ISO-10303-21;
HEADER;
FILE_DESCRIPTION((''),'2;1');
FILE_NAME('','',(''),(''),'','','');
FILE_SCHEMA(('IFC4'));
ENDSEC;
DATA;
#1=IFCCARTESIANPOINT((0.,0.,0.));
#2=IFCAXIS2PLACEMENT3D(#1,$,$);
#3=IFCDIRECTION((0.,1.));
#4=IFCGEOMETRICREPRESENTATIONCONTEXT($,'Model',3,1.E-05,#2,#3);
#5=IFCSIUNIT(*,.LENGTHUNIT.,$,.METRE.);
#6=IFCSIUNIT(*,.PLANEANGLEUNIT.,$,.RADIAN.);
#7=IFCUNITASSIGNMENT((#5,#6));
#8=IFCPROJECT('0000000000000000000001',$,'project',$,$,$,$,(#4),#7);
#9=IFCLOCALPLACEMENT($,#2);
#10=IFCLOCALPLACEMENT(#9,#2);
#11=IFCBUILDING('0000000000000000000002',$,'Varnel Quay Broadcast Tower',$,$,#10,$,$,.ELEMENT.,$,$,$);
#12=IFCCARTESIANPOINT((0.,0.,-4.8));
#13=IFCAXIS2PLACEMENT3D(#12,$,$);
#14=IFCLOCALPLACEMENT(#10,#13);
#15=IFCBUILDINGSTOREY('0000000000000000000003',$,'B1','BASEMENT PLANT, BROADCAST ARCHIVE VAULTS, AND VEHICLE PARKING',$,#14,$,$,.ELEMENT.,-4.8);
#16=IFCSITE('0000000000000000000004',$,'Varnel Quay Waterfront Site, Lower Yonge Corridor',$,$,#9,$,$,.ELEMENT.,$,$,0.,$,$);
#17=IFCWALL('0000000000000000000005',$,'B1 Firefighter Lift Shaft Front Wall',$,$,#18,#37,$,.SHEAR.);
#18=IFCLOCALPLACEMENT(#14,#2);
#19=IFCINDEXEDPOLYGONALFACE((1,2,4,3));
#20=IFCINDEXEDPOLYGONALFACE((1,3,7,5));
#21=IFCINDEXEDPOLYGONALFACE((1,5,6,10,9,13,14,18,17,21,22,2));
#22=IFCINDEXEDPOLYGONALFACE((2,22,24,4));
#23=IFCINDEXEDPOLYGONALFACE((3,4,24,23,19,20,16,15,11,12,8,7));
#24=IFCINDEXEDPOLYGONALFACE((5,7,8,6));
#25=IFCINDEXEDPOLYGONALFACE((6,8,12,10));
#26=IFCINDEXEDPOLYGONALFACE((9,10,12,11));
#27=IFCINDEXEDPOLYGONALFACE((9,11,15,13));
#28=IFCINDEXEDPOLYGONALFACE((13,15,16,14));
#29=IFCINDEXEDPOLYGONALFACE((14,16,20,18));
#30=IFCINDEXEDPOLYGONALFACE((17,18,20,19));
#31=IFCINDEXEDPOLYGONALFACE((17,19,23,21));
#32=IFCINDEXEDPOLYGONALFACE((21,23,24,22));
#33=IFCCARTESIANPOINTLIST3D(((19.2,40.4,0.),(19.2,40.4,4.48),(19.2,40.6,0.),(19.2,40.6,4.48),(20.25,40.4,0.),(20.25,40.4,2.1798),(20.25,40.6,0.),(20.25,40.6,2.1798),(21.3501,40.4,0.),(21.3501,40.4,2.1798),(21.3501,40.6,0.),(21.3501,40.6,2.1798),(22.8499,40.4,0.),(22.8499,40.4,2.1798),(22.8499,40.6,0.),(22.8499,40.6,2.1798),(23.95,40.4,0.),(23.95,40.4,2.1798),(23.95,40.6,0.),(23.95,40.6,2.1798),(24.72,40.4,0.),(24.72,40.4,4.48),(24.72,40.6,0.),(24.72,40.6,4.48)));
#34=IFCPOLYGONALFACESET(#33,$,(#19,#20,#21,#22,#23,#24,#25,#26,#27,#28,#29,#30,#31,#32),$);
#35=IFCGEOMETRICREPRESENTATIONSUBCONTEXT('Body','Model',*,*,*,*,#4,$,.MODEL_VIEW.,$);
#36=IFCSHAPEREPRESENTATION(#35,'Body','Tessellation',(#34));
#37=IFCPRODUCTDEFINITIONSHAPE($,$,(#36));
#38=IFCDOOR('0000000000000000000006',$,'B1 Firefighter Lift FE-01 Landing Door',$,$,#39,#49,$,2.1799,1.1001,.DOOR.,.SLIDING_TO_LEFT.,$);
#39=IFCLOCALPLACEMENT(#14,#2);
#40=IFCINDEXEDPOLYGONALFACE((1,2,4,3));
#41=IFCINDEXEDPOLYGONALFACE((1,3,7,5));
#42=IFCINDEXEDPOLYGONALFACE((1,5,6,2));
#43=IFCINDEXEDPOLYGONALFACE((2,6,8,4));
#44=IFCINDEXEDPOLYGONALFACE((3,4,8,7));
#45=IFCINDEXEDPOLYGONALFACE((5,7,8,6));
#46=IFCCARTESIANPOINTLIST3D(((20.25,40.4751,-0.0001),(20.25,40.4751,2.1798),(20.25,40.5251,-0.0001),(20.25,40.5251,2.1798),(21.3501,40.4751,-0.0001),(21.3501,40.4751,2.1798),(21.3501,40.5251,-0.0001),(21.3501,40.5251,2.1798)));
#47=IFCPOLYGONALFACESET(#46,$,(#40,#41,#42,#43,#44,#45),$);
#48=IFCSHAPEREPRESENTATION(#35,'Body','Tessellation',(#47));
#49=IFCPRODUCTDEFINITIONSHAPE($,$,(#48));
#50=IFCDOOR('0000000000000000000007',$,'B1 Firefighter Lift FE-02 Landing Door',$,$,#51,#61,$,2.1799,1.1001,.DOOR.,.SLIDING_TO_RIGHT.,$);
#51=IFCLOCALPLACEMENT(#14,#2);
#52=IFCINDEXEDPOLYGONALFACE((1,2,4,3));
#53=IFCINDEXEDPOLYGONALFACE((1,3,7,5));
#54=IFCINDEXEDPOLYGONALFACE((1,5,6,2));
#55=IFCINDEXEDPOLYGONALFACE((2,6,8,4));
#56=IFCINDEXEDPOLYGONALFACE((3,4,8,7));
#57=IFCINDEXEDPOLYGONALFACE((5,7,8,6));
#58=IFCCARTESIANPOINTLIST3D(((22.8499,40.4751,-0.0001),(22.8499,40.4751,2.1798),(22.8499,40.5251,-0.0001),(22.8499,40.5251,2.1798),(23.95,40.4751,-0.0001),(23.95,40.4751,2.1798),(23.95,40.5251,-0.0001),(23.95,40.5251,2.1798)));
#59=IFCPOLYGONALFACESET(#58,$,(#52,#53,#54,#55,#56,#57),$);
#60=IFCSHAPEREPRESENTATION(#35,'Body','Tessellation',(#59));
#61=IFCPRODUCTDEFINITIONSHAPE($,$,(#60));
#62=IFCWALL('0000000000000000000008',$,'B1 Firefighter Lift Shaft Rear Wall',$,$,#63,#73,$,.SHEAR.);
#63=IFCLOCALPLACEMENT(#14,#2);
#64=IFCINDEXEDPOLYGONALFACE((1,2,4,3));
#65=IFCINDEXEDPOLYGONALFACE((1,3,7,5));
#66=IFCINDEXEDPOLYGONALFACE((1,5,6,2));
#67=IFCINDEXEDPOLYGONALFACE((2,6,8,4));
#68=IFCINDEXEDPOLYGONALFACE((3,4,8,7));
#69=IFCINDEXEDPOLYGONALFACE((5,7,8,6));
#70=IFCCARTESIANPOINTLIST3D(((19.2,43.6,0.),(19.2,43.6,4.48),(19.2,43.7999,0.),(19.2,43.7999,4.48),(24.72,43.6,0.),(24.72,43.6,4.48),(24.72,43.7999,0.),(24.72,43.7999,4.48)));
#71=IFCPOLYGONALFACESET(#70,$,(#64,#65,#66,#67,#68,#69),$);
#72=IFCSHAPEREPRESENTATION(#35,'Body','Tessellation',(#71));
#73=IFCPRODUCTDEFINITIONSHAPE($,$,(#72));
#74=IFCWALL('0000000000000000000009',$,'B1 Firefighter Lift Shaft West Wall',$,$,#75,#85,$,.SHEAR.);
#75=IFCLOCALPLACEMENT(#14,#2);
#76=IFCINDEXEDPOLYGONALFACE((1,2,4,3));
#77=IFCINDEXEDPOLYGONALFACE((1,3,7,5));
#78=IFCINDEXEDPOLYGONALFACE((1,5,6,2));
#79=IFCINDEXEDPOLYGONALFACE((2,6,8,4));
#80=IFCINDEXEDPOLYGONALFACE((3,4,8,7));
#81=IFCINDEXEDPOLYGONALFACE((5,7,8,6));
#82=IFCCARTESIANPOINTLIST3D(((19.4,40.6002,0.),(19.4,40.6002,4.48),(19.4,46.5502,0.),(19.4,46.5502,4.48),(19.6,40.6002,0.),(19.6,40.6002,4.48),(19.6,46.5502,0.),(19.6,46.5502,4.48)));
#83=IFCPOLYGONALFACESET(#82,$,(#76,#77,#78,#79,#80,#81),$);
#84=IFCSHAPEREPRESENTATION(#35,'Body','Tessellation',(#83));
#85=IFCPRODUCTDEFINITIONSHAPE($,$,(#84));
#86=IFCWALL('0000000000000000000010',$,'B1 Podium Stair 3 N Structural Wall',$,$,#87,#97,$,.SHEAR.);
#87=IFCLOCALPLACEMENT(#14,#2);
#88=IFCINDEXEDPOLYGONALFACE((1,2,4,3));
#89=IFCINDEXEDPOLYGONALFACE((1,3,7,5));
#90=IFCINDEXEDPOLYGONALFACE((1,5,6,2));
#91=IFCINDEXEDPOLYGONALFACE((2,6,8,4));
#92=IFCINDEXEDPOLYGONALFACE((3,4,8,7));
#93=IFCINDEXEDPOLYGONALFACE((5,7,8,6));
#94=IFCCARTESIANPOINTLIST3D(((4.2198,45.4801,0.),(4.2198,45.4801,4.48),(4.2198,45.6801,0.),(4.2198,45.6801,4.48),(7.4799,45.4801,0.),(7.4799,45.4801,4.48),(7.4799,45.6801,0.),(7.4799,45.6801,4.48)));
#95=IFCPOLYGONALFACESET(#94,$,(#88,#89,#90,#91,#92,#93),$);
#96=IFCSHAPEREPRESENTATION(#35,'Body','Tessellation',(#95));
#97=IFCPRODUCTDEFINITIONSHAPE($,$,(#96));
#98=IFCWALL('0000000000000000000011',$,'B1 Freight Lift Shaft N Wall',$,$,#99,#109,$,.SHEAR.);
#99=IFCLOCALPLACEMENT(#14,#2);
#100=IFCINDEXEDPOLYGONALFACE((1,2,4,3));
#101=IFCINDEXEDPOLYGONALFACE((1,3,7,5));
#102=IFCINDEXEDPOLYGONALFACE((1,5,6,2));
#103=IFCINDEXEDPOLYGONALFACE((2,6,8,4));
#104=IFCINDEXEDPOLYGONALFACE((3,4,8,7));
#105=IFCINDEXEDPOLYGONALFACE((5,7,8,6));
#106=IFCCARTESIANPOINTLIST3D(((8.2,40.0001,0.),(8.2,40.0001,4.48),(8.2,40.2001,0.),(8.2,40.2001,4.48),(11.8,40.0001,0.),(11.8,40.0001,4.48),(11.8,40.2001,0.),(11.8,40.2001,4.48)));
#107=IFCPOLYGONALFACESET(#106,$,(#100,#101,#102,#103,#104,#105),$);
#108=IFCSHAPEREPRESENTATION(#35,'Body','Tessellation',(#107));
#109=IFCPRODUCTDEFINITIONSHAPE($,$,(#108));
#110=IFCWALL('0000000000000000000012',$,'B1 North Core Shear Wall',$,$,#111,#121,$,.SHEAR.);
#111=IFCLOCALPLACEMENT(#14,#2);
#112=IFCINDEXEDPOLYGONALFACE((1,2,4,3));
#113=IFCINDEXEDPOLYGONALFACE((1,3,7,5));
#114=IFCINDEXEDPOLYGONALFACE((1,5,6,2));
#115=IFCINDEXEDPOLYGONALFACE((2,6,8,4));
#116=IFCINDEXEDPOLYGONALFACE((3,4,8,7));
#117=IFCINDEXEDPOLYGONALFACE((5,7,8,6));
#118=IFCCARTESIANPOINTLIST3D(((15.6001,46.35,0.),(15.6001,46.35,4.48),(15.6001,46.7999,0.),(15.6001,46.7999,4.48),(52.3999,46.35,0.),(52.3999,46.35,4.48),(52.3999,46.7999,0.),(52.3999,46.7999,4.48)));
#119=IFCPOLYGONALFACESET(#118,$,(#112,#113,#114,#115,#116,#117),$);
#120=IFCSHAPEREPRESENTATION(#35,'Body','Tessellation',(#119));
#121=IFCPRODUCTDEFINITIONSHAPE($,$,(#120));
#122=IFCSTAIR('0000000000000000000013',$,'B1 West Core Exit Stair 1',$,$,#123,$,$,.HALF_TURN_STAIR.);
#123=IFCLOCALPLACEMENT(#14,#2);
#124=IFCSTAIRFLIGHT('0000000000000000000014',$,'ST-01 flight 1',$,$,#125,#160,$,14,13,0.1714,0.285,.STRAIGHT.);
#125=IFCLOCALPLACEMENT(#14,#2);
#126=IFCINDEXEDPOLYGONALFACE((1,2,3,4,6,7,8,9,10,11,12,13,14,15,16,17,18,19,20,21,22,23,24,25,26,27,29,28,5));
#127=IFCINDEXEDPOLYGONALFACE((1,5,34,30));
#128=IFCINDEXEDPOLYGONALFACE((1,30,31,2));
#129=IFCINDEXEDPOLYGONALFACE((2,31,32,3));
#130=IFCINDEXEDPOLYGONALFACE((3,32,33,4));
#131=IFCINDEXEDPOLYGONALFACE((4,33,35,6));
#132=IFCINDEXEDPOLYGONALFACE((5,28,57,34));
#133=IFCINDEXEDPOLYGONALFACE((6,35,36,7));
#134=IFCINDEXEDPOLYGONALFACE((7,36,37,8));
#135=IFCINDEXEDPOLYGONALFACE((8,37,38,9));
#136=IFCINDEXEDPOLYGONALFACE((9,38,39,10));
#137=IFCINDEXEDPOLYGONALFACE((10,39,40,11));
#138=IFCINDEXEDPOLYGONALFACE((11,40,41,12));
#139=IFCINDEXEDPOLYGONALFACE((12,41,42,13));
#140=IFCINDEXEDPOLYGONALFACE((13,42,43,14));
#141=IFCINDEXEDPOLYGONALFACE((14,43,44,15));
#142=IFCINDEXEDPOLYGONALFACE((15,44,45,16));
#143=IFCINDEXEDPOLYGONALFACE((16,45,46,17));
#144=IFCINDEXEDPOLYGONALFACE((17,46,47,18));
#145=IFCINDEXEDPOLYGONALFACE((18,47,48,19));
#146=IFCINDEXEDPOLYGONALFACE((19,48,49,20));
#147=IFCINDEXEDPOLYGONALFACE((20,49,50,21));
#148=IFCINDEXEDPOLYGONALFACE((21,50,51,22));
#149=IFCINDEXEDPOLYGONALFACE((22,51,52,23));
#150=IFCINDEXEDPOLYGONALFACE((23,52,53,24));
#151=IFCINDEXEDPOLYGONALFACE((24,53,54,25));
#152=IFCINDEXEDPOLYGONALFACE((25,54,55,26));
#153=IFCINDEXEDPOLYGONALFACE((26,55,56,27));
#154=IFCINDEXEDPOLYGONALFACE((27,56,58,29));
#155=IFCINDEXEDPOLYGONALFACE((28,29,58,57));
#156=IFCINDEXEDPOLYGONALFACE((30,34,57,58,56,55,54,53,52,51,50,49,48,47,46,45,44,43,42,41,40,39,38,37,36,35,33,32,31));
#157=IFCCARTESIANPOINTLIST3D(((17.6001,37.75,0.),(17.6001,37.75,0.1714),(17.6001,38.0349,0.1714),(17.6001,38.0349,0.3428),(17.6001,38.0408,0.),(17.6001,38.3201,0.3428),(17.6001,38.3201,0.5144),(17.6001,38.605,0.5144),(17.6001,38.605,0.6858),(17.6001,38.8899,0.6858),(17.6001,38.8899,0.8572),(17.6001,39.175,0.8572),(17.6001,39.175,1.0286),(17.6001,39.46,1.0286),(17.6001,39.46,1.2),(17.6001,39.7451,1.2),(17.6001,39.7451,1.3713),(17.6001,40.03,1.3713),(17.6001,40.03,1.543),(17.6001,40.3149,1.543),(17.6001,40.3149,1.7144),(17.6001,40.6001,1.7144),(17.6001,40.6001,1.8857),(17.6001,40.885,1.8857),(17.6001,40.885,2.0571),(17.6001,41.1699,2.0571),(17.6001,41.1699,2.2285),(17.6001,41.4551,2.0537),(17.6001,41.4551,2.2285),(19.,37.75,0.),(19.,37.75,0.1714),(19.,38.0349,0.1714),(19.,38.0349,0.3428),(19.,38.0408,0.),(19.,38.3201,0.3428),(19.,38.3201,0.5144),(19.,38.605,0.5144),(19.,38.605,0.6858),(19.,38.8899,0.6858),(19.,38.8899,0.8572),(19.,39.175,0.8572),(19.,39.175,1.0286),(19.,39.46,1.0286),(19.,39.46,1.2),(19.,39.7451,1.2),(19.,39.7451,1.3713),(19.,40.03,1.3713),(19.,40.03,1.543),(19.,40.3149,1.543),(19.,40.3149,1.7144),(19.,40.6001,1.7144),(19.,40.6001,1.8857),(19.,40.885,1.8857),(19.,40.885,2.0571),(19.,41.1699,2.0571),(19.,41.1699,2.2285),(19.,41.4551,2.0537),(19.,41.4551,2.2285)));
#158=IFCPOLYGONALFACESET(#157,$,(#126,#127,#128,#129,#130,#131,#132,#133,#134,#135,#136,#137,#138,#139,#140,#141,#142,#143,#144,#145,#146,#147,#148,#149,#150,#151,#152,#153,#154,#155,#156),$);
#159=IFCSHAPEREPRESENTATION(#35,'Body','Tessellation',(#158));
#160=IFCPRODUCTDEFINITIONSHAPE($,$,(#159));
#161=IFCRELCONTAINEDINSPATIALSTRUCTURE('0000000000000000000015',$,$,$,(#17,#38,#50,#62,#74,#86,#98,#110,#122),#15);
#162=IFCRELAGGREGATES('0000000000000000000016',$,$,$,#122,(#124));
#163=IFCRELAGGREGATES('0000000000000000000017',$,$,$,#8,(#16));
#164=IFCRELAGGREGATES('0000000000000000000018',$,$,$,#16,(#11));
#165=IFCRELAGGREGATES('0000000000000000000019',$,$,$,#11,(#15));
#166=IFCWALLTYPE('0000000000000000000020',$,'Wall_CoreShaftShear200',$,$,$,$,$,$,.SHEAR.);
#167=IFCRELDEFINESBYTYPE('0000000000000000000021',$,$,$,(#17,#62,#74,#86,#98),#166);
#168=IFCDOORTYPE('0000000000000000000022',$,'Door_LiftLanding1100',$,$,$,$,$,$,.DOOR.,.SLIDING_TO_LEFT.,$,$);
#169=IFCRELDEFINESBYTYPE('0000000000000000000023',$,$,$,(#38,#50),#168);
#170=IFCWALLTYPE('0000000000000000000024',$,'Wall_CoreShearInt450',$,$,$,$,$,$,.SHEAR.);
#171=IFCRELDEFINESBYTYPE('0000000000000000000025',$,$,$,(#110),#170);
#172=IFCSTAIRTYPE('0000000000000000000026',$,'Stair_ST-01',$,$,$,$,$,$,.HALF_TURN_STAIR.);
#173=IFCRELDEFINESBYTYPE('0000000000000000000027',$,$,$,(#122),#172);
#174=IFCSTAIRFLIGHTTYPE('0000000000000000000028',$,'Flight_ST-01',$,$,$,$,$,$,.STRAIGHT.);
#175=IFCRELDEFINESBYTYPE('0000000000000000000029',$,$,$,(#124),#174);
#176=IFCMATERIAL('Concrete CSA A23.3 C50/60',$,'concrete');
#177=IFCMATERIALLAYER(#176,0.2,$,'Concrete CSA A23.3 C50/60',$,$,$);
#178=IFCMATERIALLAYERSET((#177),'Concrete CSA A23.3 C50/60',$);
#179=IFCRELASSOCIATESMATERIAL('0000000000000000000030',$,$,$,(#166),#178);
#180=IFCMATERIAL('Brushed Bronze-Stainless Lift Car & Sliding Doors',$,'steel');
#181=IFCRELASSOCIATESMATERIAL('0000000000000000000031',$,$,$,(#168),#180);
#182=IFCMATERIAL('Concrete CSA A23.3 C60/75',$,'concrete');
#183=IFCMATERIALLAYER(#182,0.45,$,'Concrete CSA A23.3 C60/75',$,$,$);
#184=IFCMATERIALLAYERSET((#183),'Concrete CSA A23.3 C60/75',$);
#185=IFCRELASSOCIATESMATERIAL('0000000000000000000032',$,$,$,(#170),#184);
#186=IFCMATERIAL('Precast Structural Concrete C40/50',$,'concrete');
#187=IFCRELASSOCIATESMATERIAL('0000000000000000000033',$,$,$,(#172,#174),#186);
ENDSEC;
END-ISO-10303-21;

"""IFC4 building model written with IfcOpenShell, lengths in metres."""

from ifc_helpers import new_model, si_unit, direction, frame, frame_2d, origin, place, context, subcontext, project, spatial, polyline, rectangle, outline, extrude, source, transform, mapped, material, layer, layer_set, type_object, type_shapes, element, fill, aggregate, save


model = new_model("IFC4")

# Units and contexts
model_context = context("Model", 3, precision=1e-05, world=origin(), true_north=direction((0.0, 1.0)))
body_context = subcontext(model_context, "Body", "Model", "MODEL_VIEW")
ifc_project = project(units=[si_unit("LENGTHUNIT", "METRE"), si_unit("PLANEANGLEUNIT", "RADIAN")], contexts=[model_context])

# Site, building, storey
site_placement = place(None, origin())
site = spatial("IfcSite", under=ifc_project, at=site_placement, Name="Varnel Quay Waterfront Site, Lower Yonge Corridor", CompositionType="ELEMENT", RefElevation=0.0)
building_placement = place(site_placement, origin())
building = spatial("IfcBuilding", under=site, at=building_placement, Name="Varnel Quay Broadcast Tower", CompositionType="ELEMENT")
storey_placement = place(building_placement, frame((0.0, 0.0, -4.8)))
storey = spatial("IfcBuildingStorey", under=building, at=storey_placement, Name="B1", Description="BASEMENT PLANT, BROADCAST ARCHIVE VAULTS, AND VEHICLE PARKING", CompositionType="ELEMENT", Elevation=-4.8)

# Shared definitions
ifc_material_1 = material(Name="Concrete CSA A23.3 C50/60", Category="concrete")

# Shared definitions
ifc_layer_1 = layer(ifc_material_1, 0.2, Name="Concrete CSA A23.3 C50/60")
ifc_layer_set_1 = layer_set([ifc_layer_1], Name="Concrete CSA A23.3 C50/60")
wall_type_1 = type_object("IfcWallType", Name="Wall_CoreShaftShear200", PredefinedType="SHEAR", material=ifc_layer_set_1)

# Wall, openings, doors
wall_1_placement = place(storey_placement, frame((19.2, 40.5, 0.0), z_axis=(0.0, 0.0, 1.0), x_axis=(1.0, 0.0, 0.0)))
wall_1 = element("IfcWall", 1, at=wall_1_placement, inside=storey, type_object=wall_type_1, Name="B1 Firefighter Lift Shaft Front Wall", PredefinedType="SHEAR", context=body_context, shape_type="SweptSolid", body=[
    extrude(rectangle(XDim=5.52, YDim=0.2, at=frame_2d((2.76, 0.0))), origin(), (0.0, 0.0, 1.0), 4.48),
])
opening_1_placement = place(wall_1_placement, frame((1.05, 0.0, 0.0)))
opening_1 = element("IfcOpeningElement", 2, at=opening_1_placement, cuts=wall_1, PredefinedType="OPENING", context=body_context, shape_type="SweptSolid", body=[
    extrude(rectangle(XDim=1.1001, YDim=2.1799, at=frame_2d((0.55, 1.0898))), frame((0.0, 0.1099, 0.0), z_axis=(0.0, -1.0, 0.0), x_axis=(1.0, 0.0, 0.0)), (0.0, 0.0, 1.0), 0.22),
])
opening_2_placement = place(wall_1_placement, frame((3.6499, 0.0, 0.0)))
opening_2 = element("IfcOpeningElement", 3, at=opening_2_placement, cuts=wall_1, PredefinedType="OPENING", context=body_context, shape_type="SweptSolid", body=[
    extrude(rectangle(XDim=1.1001, YDim=2.1799, at=frame_2d((0.55, 1.0898))), frame((0.0, 0.1099, 0.0), z_axis=(0.0, -1.0, 0.0), x_axis=(1.0, 0.0, 0.0)), (0.0, 0.0, 1.0), 0.22),
])
ifc_material_2 = material(Name="Brushed Bronze-Stainless Lift Car & Sliding Doors", Category="steel")
door_type = type_object("IfcDoorType", Name="Door_LiftLanding1100", OperationType="SLIDING_TO_LEFT", PredefinedType="DOOR", material=ifc_material_2)
shared_shape_1 = source(origin(), body_context, "Body", "SweptSolid", [
    extrude(rectangle(XDim=1.1001, YDim=2.1799, at=frame_2d((0.55, 1.0898))), frame((0.0, 0.0249, 0.0), z_axis=(0.0, -1.0, 0.0), x_axis=(1.0, 0.0, 0.0)), (0.0, 0.0, 1.0), 0.05),
])
type_shapes(door_type, [shared_shape_1])
door_1_placement = place(opening_1_placement, frame((1.1001, 0.0, 0.0), z_axis=(0.0, 0.0, 1.0), x_axis=(-1.0, 0.0, 0.0)))
door_1 = element("IfcDoor", 4, at=door_1_placement, inside=storey, type_object=door_type, Name="B1 Firefighter Lift FE-01 Landing Door", OperationType="SLIDING_TO_LEFT", OverallHeight=2.1799, OverallWidth=1.1001, PredefinedType="DOOR", context=body_context, shape_type="MappedRepresentation", body=[
    mapped(shared_shape_1, transform((0.0, 0.0, 0.0), x_axis=(1.0, 0.0, 0.0), y_axis=(0.0, 1.0, 0.0), z_axis=(0.0, 0.0, 1.0), scale=1.0)),
])
fill(opening_1, door_1)
door_2_placement = place(opening_2_placement, frame((1.1001, 0.0, 0.0), z_axis=(0.0, 0.0, 1.0), x_axis=(-1.0, 0.0, 0.0)))
door_2 = element("IfcDoor", 5, at=door_2_placement, inside=storey, type_object=door_type, Name="B1 Firefighter Lift FE-02 Landing Door", OperationType="SLIDING_TO_RIGHT", OverallHeight=2.1799, OverallWidth=1.1001, PredefinedType="DOOR", context=body_context, shape_type="MappedRepresentation", body=[
    mapped(shared_shape_1, transform((0.0, 0.0, 0.0), x_axis=(1.0, 0.0, 0.0), y_axis=(0.0, 1.0, 0.0), z_axis=(0.0, 0.0, 1.0), scale=1.0)),
])
fill(opening_2, door_2)

# Walls
wall_2_placement = place(storey_placement, frame((19.2, 43.7, 0.0), z_axis=(0.0, 0.0, 1.0), x_axis=(1.0, 0.0, 0.0)))
element("IfcWall", 6, at=wall_2_placement, inside=storey, type_object=wall_type_1, Name="B1 Firefighter Lift Shaft Rear Wall", PredefinedType="SHEAR", context=body_context, shape_type="SweptSolid", body=[
    extrude(rectangle(XDim=5.52, YDim=0.2, at=frame_2d((2.76, 0.0))), origin(), (0.0, 0.0, 1.0), 4.48),
])
wall_3_placement = place(storey_placement, frame((19.5, 40.6001, 0.0), z_axis=(0.0, 0.0, 1.0), x_axis=(0.0, 1.0, 0.0)))
element("IfcWall", 7, at=wall_3_placement, inside=storey, type_object=wall_type_1, Name="B1 Firefighter Lift Shaft West Wall", PredefinedType="SHEAR", context=body_context, shape_type="SweptSolid", body=[
    extrude(rectangle(XDim=5.95, YDim=0.2, at=frame_2d((2.9751, 0.0))), origin(), (0.0, 0.0, 1.0), 4.48),
])
wall_4_placement = place(storey_placement, frame((4.22, 45.5801, 0.0), z_axis=(0.0, 0.0, 1.0), x_axis=(1.0, 0.0, 0.0)))
element("IfcWall", 8, at=wall_4_placement, inside=storey, type_object=wall_type_1, Name="B1 Podium Stair 3 N Structural Wall", PredefinedType="SHEAR", context=body_context, shape_type="SweptSolid", body=[
    extrude(rectangle(XDim=3.26, YDim=0.2, at=frame_2d((1.6299, 0.0))), origin(), (0.0, 0.0, 1.0), 4.48),
])
wall_5_placement = place(storey_placement, frame((8.2, 40.1001, 0.0), z_axis=(0.0, 0.0, 1.0), x_axis=(1.0, 0.0, 0.0)))
element("IfcWall", 9, at=wall_5_placement, inside=storey, type_object=wall_type_1, Name="B1 Freight Lift Shaft N Wall", PredefinedType="SHEAR", context=body_context, shape_type="SweptSolid", body=[
    extrude(rectangle(XDim=3.6001, YDim=0.2, at=frame_2d((1.8, 0.0))), origin(), (0.0, 0.0, 1.0), 4.48),
])
ifc_material_3 = material(Name="Concrete CSA A23.3 C60/75", Category="concrete")
ifc_layer_2 = layer(ifc_material_3, 0.45, Name="Concrete CSA A23.3 C60/75")
ifc_layer_set_2 = layer_set([ifc_layer_2], Name="Concrete CSA A23.3 C60/75")
wall_type_2 = type_object("IfcWallType", Name="Wall_CoreShearInt450", PredefinedType="SHEAR", material=ifc_layer_set_2)
wall_6_placement = place(storey_placement, frame((15.6001, 46.575, 0.0), z_axis=(0.0, 0.0, 1.0), x_axis=(1.0, 0.0, 0.0)))
element("IfcWall", 10, at=wall_6_placement, inside=storey, type_object=wall_type_2, Name="B1 North Core Shear Wall", PredefinedType="SHEAR", context=body_context, shape_type="SweptSolid", body=[
    extrude(rectangle(XDim=36.7998, YDim=0.45, at=frame_2d((18.3999, 0.0))), origin(), (0.0, 0.0, 1.0), 4.48),
])

# Stair, stair flight
ifc_material_4 = material(Name="Precast Structural Concrete C40/50", Category="concrete")
stair_type_1 = type_object("IfcStairType", Name="Stair_ST-01", PredefinedType="HALF_TURN_STAIR", material=ifc_material_4)
stair_1_placement = place(storey_placement, origin())
stair_1 = element("IfcStair", 11, at=stair_1_placement, inside=storey, type_object=stair_type_1, Name="B1 West Core Exit Stair 1", PredefinedType="HALF_TURN_STAIR")
stair_flight_type_1 = type_object("IfcStairFlightType", Name="Flight_ST-01", PredefinedType="STRAIGHT", material=ifc_material_4)
stair_flight_1_placement = place(storey_placement, frame((18.3, 37.75, 0.0), z_axis=(0.0, 0.0, 1.0), x_axis=(0.0, 1.0, 0.0)))
stair_flight_1 = element("IfcStairFlight", 12, at=stair_flight_1_placement, type_object=stair_flight_type_1, Name="ST-01 flight 1", NumberOfRisers=14, NumberOfTreads=13, PredefinedType="STRAIGHT", RiserHeight=0.1714, TreadLength=0.285, context=body_context, shape_type="SweptSolid", body=[
    extrude(outline(polyline([(0.0, 0.0), (0.0, 0.1714), (0.2849, 0.1714), (0.2849, 0.3428), (0.5701, 0.3428), (0.5701, 0.5144), (0.855, 0.5144), (0.855, 0.6858), (1.1399, 0.6858), (1.1399, 0.8572), (1.425, 0.8572), (1.425, 1.0286), (1.71, 1.0286), (1.71, 1.2), (1.9951, 1.2), (1.9951, 1.3713), (2.28, 1.3713), (2.28, 1.543), (2.5649, 1.543), (2.5649, 1.7144), (2.8501, 1.7144), (2.8501, 1.8857), (3.135, 1.8857), (3.135, 2.0571), (3.4199, 2.0571), (3.4199, 2.2285), (3.7051, 2.2285), (3.7051, 2.3999), (3.7051, 2.0537), (0.2908, 0.0), (0.0, 0.0)])), frame((0.0, 0.7, 0.0), z_axis=(0.0, -1.0, 0.0), x_axis=(1.0, 0.0, 0.0)), (0.0, 0.0, 1.0), 1.3999),
])
aggregate(stair_1, [stair_flight_1])

save(model, "model.ifc")
